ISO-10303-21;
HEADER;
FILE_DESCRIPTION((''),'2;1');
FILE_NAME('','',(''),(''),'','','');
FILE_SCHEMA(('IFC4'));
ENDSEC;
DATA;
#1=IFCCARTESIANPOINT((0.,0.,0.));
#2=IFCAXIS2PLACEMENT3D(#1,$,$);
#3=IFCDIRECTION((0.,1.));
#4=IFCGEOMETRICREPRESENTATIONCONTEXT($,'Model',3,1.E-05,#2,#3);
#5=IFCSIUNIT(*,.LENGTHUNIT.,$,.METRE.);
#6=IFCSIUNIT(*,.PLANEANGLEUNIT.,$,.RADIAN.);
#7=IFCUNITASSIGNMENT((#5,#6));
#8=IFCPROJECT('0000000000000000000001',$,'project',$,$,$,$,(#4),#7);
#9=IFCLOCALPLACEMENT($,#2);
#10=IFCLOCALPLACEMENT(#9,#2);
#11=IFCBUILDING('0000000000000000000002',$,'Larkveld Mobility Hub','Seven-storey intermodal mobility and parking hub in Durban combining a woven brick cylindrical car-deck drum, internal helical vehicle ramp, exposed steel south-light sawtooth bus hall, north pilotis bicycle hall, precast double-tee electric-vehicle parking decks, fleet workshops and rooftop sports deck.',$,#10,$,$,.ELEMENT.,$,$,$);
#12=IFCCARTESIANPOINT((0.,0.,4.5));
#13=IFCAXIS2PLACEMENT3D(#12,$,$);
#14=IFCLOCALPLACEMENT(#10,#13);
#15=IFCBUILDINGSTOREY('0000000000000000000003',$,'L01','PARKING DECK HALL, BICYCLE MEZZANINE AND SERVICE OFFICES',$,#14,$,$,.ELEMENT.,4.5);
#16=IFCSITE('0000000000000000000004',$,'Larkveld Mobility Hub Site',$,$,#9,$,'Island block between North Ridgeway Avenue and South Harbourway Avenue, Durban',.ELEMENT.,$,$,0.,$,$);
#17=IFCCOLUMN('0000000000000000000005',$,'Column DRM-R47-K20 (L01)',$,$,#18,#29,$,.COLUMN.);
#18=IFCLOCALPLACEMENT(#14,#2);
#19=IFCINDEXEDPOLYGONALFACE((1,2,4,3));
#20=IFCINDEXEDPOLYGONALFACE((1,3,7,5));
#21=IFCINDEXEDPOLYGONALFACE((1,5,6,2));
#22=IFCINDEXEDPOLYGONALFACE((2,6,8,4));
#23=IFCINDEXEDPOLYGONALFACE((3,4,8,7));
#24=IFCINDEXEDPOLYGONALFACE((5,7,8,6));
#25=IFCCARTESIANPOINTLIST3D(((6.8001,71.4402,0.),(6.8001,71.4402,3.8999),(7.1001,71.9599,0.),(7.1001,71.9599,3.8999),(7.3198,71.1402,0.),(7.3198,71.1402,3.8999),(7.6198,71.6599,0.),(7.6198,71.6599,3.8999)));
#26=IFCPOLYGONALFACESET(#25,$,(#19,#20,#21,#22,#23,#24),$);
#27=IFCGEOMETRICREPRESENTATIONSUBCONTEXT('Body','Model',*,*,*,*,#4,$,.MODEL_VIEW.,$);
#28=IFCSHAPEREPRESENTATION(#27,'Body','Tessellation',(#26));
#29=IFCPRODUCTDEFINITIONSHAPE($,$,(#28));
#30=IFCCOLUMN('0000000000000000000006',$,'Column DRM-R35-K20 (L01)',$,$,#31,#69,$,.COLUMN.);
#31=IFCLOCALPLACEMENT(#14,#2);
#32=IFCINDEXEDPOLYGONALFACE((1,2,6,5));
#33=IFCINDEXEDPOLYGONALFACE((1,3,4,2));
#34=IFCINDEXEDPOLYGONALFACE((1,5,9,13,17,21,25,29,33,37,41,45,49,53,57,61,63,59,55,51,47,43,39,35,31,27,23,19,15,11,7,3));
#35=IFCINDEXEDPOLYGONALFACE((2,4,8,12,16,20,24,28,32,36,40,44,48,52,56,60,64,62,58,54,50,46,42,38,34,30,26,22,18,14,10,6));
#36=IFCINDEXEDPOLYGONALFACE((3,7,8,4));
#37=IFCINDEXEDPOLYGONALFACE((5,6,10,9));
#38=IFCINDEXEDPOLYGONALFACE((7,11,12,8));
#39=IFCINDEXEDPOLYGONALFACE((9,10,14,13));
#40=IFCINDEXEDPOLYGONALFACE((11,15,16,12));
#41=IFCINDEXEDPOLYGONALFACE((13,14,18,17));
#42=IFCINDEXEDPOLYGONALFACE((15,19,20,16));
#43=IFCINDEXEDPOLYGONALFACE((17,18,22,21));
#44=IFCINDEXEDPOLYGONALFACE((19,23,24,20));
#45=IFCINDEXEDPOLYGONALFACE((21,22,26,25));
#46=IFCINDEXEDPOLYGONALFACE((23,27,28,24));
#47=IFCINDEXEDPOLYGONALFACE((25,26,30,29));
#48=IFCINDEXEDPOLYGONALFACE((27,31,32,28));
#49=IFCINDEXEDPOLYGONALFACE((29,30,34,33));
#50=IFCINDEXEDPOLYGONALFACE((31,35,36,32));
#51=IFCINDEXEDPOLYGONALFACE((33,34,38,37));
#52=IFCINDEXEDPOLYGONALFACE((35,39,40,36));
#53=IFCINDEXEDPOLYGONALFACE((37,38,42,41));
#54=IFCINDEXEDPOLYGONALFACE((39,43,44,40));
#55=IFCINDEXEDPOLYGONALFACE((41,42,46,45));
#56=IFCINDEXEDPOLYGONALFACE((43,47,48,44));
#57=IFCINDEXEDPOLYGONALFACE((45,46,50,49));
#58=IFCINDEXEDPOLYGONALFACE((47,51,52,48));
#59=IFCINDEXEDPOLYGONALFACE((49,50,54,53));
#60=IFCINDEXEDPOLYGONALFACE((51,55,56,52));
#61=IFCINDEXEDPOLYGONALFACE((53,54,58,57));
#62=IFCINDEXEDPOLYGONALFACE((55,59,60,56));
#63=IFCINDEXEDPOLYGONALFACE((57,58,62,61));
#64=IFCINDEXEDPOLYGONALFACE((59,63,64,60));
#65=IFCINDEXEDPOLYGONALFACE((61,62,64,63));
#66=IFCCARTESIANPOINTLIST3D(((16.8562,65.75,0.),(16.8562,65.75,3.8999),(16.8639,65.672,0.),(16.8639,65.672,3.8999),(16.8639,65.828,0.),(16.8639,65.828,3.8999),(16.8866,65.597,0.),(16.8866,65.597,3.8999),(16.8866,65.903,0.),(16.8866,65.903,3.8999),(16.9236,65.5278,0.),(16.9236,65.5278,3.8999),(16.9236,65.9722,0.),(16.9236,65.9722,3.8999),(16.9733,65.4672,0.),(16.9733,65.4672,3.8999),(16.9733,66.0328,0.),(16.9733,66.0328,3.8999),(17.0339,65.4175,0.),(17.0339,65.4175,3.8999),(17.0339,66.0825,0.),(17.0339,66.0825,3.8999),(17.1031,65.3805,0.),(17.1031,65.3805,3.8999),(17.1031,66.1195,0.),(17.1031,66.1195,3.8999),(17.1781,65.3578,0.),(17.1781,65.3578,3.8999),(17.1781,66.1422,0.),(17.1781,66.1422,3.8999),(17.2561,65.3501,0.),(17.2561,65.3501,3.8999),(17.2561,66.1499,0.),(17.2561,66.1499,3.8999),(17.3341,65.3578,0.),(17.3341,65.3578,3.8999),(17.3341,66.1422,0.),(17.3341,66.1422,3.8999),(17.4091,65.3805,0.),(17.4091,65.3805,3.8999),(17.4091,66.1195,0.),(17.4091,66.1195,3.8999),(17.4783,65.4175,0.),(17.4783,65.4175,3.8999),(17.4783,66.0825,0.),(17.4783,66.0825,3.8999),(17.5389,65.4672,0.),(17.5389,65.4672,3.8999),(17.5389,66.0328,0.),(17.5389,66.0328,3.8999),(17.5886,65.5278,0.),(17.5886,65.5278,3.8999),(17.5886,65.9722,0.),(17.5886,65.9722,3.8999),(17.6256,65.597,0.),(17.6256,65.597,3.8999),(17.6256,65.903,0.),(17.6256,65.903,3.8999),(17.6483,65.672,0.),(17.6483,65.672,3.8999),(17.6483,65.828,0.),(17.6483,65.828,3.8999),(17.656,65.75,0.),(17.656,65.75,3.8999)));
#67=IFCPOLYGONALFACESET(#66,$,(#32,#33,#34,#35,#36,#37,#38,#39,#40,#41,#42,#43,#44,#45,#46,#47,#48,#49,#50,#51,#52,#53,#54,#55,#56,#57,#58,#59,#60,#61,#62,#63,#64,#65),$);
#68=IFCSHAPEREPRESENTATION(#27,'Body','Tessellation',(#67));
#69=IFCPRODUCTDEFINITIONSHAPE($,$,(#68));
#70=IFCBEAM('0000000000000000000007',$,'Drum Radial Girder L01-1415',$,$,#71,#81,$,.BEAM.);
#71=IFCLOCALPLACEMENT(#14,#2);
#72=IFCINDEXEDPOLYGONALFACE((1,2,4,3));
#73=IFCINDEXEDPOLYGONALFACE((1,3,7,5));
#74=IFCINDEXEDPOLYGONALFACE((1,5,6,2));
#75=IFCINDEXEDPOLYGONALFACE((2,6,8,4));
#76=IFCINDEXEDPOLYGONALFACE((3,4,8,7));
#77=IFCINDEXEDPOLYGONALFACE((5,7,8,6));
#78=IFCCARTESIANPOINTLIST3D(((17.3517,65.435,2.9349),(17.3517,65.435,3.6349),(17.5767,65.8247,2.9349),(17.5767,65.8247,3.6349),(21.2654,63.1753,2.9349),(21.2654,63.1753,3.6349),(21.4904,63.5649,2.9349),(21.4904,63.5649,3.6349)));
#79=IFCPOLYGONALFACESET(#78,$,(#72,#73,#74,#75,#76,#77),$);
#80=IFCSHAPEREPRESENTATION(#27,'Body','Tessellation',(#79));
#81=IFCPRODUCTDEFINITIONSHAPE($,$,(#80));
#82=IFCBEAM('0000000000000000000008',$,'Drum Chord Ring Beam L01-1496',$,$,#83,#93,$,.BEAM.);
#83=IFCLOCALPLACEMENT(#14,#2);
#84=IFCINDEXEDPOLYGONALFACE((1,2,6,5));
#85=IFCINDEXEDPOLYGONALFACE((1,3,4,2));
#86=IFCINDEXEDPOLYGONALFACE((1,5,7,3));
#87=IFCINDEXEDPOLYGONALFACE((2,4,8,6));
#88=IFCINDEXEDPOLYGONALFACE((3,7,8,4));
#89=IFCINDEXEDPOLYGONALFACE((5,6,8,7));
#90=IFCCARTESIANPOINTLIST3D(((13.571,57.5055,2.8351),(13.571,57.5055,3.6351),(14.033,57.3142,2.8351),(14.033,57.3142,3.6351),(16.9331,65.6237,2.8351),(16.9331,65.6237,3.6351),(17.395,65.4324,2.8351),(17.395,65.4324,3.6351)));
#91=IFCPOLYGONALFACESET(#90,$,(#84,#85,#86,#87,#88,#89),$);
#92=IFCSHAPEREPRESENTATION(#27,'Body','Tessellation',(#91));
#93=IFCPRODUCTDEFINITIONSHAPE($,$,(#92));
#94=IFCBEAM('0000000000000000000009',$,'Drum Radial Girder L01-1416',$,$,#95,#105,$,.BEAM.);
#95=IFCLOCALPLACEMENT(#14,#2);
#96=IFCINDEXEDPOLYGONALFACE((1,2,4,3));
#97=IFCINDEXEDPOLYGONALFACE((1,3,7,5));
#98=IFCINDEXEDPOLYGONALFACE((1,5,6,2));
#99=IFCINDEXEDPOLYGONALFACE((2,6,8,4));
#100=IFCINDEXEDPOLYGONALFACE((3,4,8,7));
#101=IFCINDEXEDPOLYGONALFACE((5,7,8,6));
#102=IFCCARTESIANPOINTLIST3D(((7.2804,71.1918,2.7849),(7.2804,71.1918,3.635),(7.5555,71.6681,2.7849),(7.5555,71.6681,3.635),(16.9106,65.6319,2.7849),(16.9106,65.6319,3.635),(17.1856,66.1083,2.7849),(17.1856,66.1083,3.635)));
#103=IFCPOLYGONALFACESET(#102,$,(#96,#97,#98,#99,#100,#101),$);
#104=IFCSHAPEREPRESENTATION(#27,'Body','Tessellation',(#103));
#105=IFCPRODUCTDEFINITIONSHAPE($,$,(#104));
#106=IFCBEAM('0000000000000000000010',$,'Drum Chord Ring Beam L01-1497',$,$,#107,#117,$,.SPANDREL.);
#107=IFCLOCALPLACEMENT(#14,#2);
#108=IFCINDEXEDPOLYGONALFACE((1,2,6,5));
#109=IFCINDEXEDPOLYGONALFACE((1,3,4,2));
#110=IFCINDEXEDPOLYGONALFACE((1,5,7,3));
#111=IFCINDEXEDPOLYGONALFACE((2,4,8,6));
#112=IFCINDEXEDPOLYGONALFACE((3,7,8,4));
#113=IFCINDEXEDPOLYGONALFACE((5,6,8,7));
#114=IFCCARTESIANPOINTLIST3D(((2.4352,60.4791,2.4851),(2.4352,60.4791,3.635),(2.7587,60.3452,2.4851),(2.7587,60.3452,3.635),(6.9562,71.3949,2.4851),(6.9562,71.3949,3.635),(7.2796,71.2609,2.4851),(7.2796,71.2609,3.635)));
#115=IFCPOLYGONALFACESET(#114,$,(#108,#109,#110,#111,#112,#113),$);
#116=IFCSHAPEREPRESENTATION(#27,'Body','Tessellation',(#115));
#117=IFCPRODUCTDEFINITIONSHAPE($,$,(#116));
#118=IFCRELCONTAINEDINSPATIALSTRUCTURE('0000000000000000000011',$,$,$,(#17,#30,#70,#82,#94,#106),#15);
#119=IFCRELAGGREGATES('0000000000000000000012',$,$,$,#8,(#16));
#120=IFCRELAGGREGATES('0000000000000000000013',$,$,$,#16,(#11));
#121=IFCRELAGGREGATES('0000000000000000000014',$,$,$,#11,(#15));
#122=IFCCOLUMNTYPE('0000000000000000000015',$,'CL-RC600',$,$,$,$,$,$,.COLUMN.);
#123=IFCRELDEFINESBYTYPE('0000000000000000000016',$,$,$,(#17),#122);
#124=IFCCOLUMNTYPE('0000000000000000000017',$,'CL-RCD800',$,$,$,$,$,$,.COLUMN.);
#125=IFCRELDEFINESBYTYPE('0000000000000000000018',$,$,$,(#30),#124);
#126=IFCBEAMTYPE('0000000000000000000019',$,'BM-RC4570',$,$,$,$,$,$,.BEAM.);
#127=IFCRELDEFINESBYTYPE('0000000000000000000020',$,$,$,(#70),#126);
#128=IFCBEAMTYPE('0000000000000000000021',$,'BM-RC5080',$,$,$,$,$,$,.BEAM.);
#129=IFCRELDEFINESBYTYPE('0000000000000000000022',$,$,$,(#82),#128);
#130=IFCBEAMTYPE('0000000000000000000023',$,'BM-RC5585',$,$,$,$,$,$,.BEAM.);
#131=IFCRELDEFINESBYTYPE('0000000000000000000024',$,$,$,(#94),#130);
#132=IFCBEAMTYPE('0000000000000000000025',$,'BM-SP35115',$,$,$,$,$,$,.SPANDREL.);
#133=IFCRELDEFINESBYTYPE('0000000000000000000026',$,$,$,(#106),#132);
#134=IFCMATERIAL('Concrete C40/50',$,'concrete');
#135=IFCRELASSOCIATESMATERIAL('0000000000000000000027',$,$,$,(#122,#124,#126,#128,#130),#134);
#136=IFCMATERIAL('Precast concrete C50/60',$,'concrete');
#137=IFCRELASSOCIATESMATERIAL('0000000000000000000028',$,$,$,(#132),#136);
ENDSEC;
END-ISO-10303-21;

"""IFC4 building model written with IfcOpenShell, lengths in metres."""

from ifc_helpers import new_model, si_unit, direction, frame, origin, origin_2d, place, context, subcontext, project, spatial, rectangle, circle, extrude, material, material_profile, profile_set, type_object, element, save


model = new_model("IFC4")

# Units and contexts
model_context = context("Model", 3, precision=1e-05, world=origin(), true_north=direction((0.0, 1.0)))
body_context = subcontext(model_context, "Body", "Model", "MODEL_VIEW")
ifc_project = project(units=[si_unit("LENGTHUNIT", "METRE"), si_unit("PLANEANGLEUNIT", "RADIAN")], contexts=[model_context])

# Site, building, storey
site_placement = place(None, origin())
site = spatial("IfcSite", under=ifc_project, at=site_placement, Name="Larkveld Mobility Hub Site", LongName="Island block between North Ridgeway Avenue and South Harbourway Avenue, Durban", CompositionType="ELEMENT", RefElevation=0.0)
building_placement = place(site_placement, origin())
building = spatial("IfcBuilding", under=site, at=building_placement, Name="Larkveld Mobility Hub", Description="Seven-storey intermodal mobility and parking hub in Durban combining a woven brick cylindrical car-deck drum, internal helical vehicle ramp, exposed steel south-light sawtooth bus hall, north pilotis bicycle hall, precast double-tee electric-vehicle parking decks, fleet workshops and rooftop sports deck.", CompositionType="ELEMENT")
storey_placement = place(building_placement, frame((0.0, 0.0, 4.5)))
storey = spatial("IfcBuildingStorey", under=building, at=storey_placement, Name="L01", Description="PARKING DECK HALL, BICYCLE MEZZANINE AND SERVICE OFFICES", CompositionType="ELEMENT", Elevation=4.5)

# Columns
ifc_material_1 = material(Name="Concrete C40/50", Category="concrete")
ifc_material_profile_1 = material_profile(ifc_material_1, rectangle(XDim=0.6001, YDim=0.6001, at=origin_2d()), Name="RC COL 600x600")
ifc_profile_set_1 = profile_set([ifc_material_profile_1], Name="Concrete C40/50")
column_type_1 = type_object("IfcColumnType", Name="CL-RC600", PredefinedType="COLUMN", material=ifc_profile_set_1)
column_1_placement = place(storey_placement, frame((7.21, 71.55, 0.0), z_axis=(0.0, 0.0, 1.0), x_axis=(-0.866025, 0.5, 0.0)))
element("IfcColumn", 1, at=column_1_placement, inside=storey, type_object=column_type_1, Name="Column DRM-R47-K20 (L01)", PredefinedType="COLUMN", context=body_context, shape_type="SweptSolid", body=[
    extrude(rectangle(XDim=0.6001, YDim=0.6001, at=origin_2d()), origin(), (0.0, 0.0, 1.0), 3.8999),
])
ifc_material_profile_2 = material_profile(ifc_material_1, circle(Radius=0.3999, at=origin_2d()), Name="RC COL D800")
ifc_profile_set_2 = profile_set([ifc_material_profile_2], Name="Concrete C40/50")
column_type_2 = type_object("IfcColumnType", Name="CL-RCD800", PredefinedType="COLUMN", material=ifc_profile_set_2)
column_2_placement = place(storey_placement, frame((17.2561, 65.75, 0.0), z_axis=(0.0, 0.0, 1.0), x_axis=(1.0, 0.0, 0.0)))
element("IfcColumn", 2, at=column_2_placement, inside=storey, type_object=column_type_2, Name="Column DRM-R35-K20 (L01)", PredefinedType="COLUMN", context=body_context, shape_type="SweptSolid", body=[
    extrude(circle(Radius=0.3999, at=origin_2d()), origin(), (0.0, 0.0, 1.0), 3.8999),
])

# Beams
ifc_material_profile_3 = material_profile(ifc_material_1, rectangle(XDim=0.45, YDim=0.7, at=origin_2d()), Name="RC BM 450x700")
ifc_profile_set_3 = profile_set([ifc_material_profile_3], Name="Concrete C40/50")
beam_type_1 = type_object("IfcBeamType", Name="BM-RC4570", PredefinedType="BEAM", material=ifc_profile_set_3)
beam_1_placement = place(storey_placement, frame((21.3779, 63.3701, 3.2849), z_axis=(-0.866014, 0.50002, 0.0), x_axis=(-0.50002, -0.866014, 0.0)))
element("IfcBeam", 3, at=beam_1_placement, inside=storey, type_object=beam_type_1, Name="Drum Radial Girder L01-1415", PredefinedType="BEAM", context=body_context, shape_type="SweptSolid", body=[
    extrude(rectangle(XDim=0.45, YDim=0.7, at=origin_2d()), origin(), (0.0, 0.0, 1.0), 4.5193),
])
ifc_material_profile_4 = material_profile(ifc_material_1, rectangle(XDim=0.5, YDim=0.8, at=origin_2d()), Name="RC BM 500x800")
ifc_profile_set_4 = profile_set([ifc_material_profile_4], Name="Concrete C40/50")
beam_type_2 = type_object("IfcBeamType", Name="BM-RC5080", PredefinedType="BEAM", material=ifc_profile_set_4)
beam_2_placement = place(storey_placement, frame((17.1641, 65.5281, 3.2351), z_axis=(-0.382626, -0.923903, 0.0), x_axis=(0.923903, -0.382626, 0.0)))
element("IfcBeam", 4, at=beam_2_placement, inside=storey, type_object=beam_type_2, Name="Drum Chord Ring Beam L01-1496", PredefinedType="BEAM", context=body_context, shape_type="SweptSolid", body=[
    extrude(rectangle(XDim=0.5, YDim=0.8, at=origin_2d()), origin(), (0.0, 0.0, 1.0), 8.7869),
])
ifc_material_profile_5 = material_profile(ifc_material_1, rectangle(XDim=0.55, YDim=0.8501, at=origin_2d()), Name="RC BM 550x850")
ifc_profile_set_5 = profile_set([ifc_material_profile_5], Name="Concrete C40/50")
beam_type_3 = type_object("IfcBeamType", Name="BM-RC5585", PredefinedType="BEAM", material=ifc_profile_set_5)
beam_3_placement = place(storey_placement, frame((17.0481, 65.8701, 3.21), z_axis=(-0.866031, 0.49999, 0.0), x_axis=(-0.49999, -0.866031, 0.0)))
element("IfcBeam", 5, at=beam_3_placement, inside=storey, type_object=beam_type_3, Name="Drum Radial Girder L01-1416", PredefinedType="BEAM", context=body_context, shape_type="SweptSolid", body=[
    extrude(rectangle(XDim=0.55, YDim=0.8501, at=origin_2d()), origin(), (0.0, 0.0, 1.0), 11.1199),
])
ifc_material_2 = material(Name="Precast concrete C50/60", Category="concrete")
ifc_material_profile_6 = material_profile(ifc_material_2, rectangle(XDim=0.3501, YDim=1.1499, at=origin_2d()), Name="PC SP 350x1150")
ifc_profile_set_6 = profile_set([ifc_material_profile_6], Name="Precast concrete C50/60")
beam_type_4 = type_object("IfcBeamType", Name="BM-SP35115", PredefinedType="SPANDREL", material=ifc_profile_set_6)
beam_4_placement = place(storey_placement, frame((7.1179, 71.3279, 3.0601), z_axis=(-0.38265, -0.923893, 0.0), x_axis=(0.923893, -0.38265, 0.0)))
element("IfcBeam", 6, at=beam_4_placement, inside=storey, type_object=beam_type_4, Name="Drum Chord Ring Beam L01-1497", PredefinedType="SPANDREL", context=body_context, shape_type="SweptSolid", body=[
    extrude(rectangle(XDim=0.3501, YDim=1.1499, at=origin_2d()), origin(), (0.0, 0.0, 1.0), 11.8149),
])

save(model, "model.ifc")
